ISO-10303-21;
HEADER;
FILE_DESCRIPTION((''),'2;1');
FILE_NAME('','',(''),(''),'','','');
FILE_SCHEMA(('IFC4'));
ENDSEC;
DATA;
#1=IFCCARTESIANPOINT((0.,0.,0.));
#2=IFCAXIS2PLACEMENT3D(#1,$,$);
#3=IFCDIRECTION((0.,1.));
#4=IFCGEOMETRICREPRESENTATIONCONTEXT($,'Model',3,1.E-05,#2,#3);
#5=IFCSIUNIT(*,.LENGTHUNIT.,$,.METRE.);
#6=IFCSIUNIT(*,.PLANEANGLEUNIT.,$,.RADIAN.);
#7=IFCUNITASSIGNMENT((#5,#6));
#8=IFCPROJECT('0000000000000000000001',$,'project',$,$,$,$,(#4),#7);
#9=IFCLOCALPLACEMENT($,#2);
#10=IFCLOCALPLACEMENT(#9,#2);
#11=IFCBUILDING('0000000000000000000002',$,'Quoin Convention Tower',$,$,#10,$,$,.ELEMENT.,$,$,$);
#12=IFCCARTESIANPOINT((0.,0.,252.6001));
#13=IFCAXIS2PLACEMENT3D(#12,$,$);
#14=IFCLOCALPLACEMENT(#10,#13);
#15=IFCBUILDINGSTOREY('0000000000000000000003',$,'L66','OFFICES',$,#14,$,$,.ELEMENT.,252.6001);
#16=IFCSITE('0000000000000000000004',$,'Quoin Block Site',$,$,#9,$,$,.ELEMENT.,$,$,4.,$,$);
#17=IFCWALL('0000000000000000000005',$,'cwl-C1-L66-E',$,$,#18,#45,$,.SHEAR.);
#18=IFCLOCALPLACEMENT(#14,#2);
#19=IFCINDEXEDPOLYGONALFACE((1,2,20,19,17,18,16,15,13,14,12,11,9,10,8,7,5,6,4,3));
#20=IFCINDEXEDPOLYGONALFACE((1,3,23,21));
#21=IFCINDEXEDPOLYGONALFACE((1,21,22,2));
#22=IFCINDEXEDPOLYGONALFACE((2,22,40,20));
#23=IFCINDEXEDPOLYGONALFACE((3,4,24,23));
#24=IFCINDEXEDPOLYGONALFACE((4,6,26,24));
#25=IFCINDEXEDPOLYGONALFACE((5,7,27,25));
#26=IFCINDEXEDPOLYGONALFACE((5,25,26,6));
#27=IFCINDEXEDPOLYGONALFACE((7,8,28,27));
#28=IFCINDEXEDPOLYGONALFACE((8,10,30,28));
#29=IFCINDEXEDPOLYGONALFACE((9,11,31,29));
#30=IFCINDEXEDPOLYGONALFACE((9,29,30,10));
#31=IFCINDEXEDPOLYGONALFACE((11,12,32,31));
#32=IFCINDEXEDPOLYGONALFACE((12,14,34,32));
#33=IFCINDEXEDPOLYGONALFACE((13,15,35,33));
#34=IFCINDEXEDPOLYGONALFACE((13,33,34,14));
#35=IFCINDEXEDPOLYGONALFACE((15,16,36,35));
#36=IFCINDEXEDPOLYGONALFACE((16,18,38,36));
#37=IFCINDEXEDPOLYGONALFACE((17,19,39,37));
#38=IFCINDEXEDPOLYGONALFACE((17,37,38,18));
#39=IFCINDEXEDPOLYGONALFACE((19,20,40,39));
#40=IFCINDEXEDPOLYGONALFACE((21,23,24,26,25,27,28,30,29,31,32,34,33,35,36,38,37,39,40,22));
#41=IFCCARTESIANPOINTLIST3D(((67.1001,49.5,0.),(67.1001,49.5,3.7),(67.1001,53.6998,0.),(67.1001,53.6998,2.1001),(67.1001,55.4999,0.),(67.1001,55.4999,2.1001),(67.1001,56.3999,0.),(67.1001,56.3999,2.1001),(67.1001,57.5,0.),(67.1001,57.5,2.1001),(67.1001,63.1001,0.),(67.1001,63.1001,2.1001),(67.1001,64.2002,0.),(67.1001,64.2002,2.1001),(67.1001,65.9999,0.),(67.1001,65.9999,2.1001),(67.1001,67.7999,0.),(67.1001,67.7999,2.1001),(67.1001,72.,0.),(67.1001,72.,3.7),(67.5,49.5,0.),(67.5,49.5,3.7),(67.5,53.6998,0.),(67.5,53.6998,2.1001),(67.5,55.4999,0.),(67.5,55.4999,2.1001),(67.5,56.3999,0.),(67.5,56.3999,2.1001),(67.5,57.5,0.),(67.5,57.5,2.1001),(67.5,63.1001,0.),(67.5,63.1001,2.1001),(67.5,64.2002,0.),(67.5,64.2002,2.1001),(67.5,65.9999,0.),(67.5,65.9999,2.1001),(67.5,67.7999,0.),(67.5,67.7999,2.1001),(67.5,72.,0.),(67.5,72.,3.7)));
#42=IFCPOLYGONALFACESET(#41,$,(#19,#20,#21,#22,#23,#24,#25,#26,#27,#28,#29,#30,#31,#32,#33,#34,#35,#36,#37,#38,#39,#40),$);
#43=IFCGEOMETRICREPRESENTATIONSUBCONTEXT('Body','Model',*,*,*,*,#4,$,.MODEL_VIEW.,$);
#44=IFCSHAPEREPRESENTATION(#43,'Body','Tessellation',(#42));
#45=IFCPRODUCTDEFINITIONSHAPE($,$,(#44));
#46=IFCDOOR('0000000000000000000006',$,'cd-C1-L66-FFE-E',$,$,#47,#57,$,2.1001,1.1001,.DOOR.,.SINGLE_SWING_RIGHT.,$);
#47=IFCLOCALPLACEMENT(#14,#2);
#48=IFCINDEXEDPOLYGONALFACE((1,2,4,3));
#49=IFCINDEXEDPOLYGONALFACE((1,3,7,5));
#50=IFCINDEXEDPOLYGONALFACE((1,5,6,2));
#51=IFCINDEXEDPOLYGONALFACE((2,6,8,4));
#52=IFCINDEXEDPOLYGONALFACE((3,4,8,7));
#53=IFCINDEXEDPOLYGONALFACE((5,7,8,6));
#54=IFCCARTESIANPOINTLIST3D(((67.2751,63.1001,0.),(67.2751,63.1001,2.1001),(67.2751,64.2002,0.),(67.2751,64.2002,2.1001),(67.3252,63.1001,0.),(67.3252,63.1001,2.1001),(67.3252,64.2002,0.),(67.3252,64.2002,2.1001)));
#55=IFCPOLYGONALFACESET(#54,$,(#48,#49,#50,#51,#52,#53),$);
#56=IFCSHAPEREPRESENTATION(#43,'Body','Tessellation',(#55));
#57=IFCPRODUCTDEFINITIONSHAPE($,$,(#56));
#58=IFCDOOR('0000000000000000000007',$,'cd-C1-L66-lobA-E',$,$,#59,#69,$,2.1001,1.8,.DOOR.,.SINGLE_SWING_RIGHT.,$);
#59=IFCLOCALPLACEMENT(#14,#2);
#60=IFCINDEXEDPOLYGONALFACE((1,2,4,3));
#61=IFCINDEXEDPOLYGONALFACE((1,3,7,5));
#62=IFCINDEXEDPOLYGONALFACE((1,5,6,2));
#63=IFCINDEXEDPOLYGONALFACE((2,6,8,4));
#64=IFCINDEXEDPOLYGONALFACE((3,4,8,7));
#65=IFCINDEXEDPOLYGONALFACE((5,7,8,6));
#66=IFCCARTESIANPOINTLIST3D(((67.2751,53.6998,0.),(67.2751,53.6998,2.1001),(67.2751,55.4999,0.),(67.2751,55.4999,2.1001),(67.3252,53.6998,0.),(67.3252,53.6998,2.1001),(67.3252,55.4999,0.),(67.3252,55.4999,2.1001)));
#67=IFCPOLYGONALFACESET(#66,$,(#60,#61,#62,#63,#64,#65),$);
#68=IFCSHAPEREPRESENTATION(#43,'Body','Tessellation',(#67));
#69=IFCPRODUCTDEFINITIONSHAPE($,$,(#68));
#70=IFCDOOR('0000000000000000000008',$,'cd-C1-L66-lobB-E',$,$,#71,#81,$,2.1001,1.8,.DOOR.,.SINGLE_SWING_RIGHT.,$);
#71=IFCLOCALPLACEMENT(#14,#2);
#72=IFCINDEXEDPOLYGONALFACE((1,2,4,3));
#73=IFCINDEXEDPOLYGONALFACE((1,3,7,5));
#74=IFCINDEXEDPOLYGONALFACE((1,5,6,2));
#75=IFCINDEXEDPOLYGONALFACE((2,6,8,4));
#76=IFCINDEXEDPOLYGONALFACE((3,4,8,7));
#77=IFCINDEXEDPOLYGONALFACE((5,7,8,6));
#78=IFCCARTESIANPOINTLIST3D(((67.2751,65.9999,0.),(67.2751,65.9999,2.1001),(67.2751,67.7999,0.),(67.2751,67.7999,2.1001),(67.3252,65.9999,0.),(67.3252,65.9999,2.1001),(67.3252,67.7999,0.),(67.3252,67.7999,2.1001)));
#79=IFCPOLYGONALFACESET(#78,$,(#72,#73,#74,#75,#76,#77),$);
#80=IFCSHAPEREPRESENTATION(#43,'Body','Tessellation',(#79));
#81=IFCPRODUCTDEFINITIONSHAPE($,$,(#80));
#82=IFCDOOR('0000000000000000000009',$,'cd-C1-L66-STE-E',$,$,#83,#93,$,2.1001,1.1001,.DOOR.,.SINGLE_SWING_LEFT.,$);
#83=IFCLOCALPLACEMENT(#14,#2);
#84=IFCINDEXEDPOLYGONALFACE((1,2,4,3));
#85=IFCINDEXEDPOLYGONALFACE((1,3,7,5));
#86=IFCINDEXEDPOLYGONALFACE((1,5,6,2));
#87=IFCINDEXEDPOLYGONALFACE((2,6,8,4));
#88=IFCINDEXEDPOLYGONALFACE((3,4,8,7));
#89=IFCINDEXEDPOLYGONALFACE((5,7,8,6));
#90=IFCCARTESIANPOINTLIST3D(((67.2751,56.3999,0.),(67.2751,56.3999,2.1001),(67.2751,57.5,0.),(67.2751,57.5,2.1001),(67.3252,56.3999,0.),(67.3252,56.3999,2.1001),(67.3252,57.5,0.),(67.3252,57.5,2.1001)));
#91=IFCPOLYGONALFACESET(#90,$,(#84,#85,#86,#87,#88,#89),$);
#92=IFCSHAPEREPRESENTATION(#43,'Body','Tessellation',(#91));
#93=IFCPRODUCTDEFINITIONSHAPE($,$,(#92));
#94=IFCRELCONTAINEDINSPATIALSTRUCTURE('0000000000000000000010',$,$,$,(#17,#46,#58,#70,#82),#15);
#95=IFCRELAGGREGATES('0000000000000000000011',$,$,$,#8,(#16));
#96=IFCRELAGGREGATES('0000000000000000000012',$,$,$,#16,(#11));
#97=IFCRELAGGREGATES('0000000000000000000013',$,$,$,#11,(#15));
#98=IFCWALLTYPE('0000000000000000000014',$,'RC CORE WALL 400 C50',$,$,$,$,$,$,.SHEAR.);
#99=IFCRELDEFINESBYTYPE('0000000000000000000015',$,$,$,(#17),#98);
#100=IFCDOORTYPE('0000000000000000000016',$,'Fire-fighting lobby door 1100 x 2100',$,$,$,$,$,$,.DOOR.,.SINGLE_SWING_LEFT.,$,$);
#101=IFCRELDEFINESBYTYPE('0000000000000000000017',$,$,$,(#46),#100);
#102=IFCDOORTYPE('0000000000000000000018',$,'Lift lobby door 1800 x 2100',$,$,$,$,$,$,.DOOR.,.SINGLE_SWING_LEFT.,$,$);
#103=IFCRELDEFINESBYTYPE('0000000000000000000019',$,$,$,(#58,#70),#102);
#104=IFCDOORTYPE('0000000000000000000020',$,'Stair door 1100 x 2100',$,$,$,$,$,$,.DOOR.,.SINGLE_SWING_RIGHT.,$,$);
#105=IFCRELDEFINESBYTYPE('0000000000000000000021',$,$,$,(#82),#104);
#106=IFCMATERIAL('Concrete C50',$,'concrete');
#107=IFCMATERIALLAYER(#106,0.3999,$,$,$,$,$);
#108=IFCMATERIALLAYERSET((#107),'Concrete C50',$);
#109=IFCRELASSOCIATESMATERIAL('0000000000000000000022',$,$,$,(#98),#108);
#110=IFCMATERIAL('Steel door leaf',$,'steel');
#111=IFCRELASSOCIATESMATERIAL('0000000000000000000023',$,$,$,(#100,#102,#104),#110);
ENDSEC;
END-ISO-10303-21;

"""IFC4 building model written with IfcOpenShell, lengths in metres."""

from ifc_helpers import new_model, si_unit, direction, frame, frame_2d, origin, place, context, subcontext, project, spatial, rectangle, extrude, material, layer, layer_set, type_object, element, fill, save


model = new_model("IFC4")

# Units and contexts
model_context = context("Model", 3, precision=1e-05, world=origin(), true_north=direction((0.0, 1.0)))
body_context = subcontext(model_context, "Body", "Model", "MODEL_VIEW")
ifc_project = project(units=[si_unit("LENGTHUNIT", "METRE"), si_unit("PLANEANGLEUNIT", "RADIAN")], contexts=[model_context])

# Site, building, storey
site_placement = place(None, origin())
site = spatial("IfcSite", under=ifc_project, at=site_placement, Name="Quoin Block Site", CompositionType="ELEMENT", RefElevation=4.0)
building_placement = place(site_placement, origin())
building = spatial("IfcBuilding", under=site, at=building_placement, Name="Quoin Convention Tower", CompositionType="ELEMENT")
storey_placement = place(building_placement, frame((0.0, 0.0, 252.6001)))
storey = spatial("IfcBuildingStorey", under=building, at=storey_placement, Name="L66", Description="OFFICES", CompositionType="ELEMENT", Elevation=252.6001)

# Shared definitions
ifc_material_1 = material(Name="Concrete C50", Category="concrete")

# Wall, openings, doors
ifc_layer_1 = layer(ifc_material_1, 0.3999)
ifc_layer_set_1 = layer_set([ifc_layer_1], Name="Concrete C50")
wall_type_1 = type_object("IfcWallType", Name="RC CORE WALL 400 C50", PredefinedType="SHEAR", material=ifc_layer_set_1)
wall_1_placement = place(storey_placement, frame((67.3, 49.5, 0.0), z_axis=(0.0, 0.0, 1.0), x_axis=(0.0, 1.0, 0.0)))
wall_1 = element("IfcWall", 1, at=wall_1_placement, inside=storey, type_object=wall_type_1, Name="cwl-C1-L66-E", PredefinedType="SHEAR", context=body_context, shape_type="SweptSolid", body=[
    extrude(rectangle(XDim=22.5, YDim=0.3999, at=frame_2d((11.25, 0.0))), origin(), (0.0, 0.0, 1.0), 3.7),
])
opening_1_placement = place(wall_1_placement, frame((4.2, 0.0, 0.0)))
opening_1 = element("IfcOpeningElement", 2, at=opening_1_placement, cuts=wall_1, PredefinedType="OPENING", context=body_context, shape_type="SweptSolid", body=[
    extrude(rectangle(XDim=1.8, YDim=2.1001, at=frame_2d((0.8999, 1.05))), frame((0.0, 0.21, 0.0), z_axis=(0.0, -1.0, 0.0), x_axis=(1.0, 0.0, 0.0)), (0.0, 0.0, 1.0), 0.4199),
])
opening_2_placement = place(wall_1_placement, frame((6.8999, 0.0, 0.0)))
opening_2 = element("IfcOpeningElement", 3, at=opening_2_placement, cuts=wall_1, PredefinedType="OPENING", context=body_context, shape_type="SweptSolid", body=[
    extrude(rectangle(XDim=1.1001, YDim=2.1001, at=frame_2d((0.55, 1.05))), frame((0.0, 0.21, 0.0), z_axis=(0.0, -1.0, 0.0), x_axis=(1.0, 0.0, 0.0)), (0.0, 0.0, 1.0), 0.4199),
])
opening_3_placement = place(wall_1_placement, frame((13.6001, 0.0, 0.0)))
opening_3 = element("IfcOpeningElement", 4, at=opening_3_placement, cuts=wall_1, PredefinedType="OPENING", context=body_context, shape_type="SweptSolid", body=[
    extrude(rectangle(XDim=1.1001, YDim=2.1001, at=frame_2d((0.55, 1.05))), frame((0.0, 0.21, 0.0), z_axis=(0.0, -1.0, 0.0), x_axis=(1.0, 0.0, 0.0)), (0.0, 0.0, 1.0), 0.4199),
])
opening_4_placement = place(wall_1_placement, frame((16.5, 0.0, 0.0)))
opening_4 = element("IfcOpeningElement", 5, at=opening_4_placement, cuts=wall_1, PredefinedType="OPENING", context=body_context, shape_type="SweptSolid", body=[
    extrude(rectangle(XDim=1.8, YDim=2.1001, at=frame_2d((0.8999, 1.05))), frame((0.0, 0.21, 0.0), z_axis=(0.0, -1.0, 0.0), x_axis=(1.0, 0.0, 0.0)), (0.0, 0.0, 1.0), 0.4199),
])
ifc_material_2 = material(Name="Steel door leaf", Category="steel")
door_type_1 = type_object("IfcDoorType", Name="Fire-fighting lobby door 1100 x 2100", OperationType="SINGLE_SWING_LEFT", PredefinedType="DOOR", material=ifc_material_2)
door_1_placement = place(opening_3_placement, origin())
door_1 = element("IfcDoor", 6, at=door_1_placement, inside=storey, type_object=door_type_1, Name="cd-C1-L66-FFE-E", OperationType="SINGLE_SWING_RIGHT", OverallHeight=2.1001, OverallWidth=1.1001, PredefinedType="DOOR", context=body_context, shape_type="SweptSolid", body=[
    extrude(rectangle(XDim=1.1001, YDim=2.1001, at=frame_2d((0.55, 1.05))), frame((0.0, 0.0249, 0.0), z_axis=(0.0, -1.0, 0.0), x_axis=(1.0, 0.0, 0.0)), (0.0, 0.0, 1.0), 0.05),
])
fill(opening_3, door_1)
door_type_2 = type_object("IfcDoorType", Name="Lift lobby door 1800 x 2100", OperationType="SINGLE_SWING_LEFT", PredefinedType="DOOR", material=ifc_material_2)
door_2_placement = place(opening_1_placement, origin())
door_2 = element("IfcDoor", 7, at=door_2_placement, inside=storey, type_object=door_type_2, Name="cd-C1-L66-lobA-E", OperationType="SINGLE_SWING_RIGHT", OverallHeight=2.1001, OverallWidth=1.8, PredefinedType="DOOR", context=body_context, shape_type="SweptSolid", body=[
    extrude(rectangle(XDim=1.8, YDim=2.1001, at=frame_2d((0.8999, 1.05))), frame((0.0, 0.0249, 0.0), z_axis=(0.0, -1.0, 0.0), x_axis=(1.0, 0.0, 0.0)), (0.0, 0.0, 1.0), 0.05),
])
fill(opening_1, door_2)
door_3_placement = place(opening_4_placement, origin())
door_3 = element("IfcDoor", 8, at=door_3_placement, inside=storey, type_object=door_type_2, Name="cd-C1-L66-lobB-E", OperationType="SINGLE_SWING_RIGHT", OverallHeight=2.1001, OverallWidth=1.8, PredefinedType="DOOR", context=body_context, shape_type="SweptSolid", body=[
    extrude(rectangle(XDim=1.8, YDim=2.1001, at=frame_2d((0.8999, 1.05))), frame((0.0, 0.0249, 0.0), z_axis=(0.0, -1.0, 0.0), x_axis=(1.0, 0.0, 0.0)), (0.0, 0.0, 1.0), 0.05),
])
fill(opening_4, door_3)
door_type_3 = type_object("IfcDoorType", Name="Stair door 1100 x 2100", OperationType="SINGLE_SWING_RIGHT", PredefinedType="DOOR", material=ifc_material_2)
door_4_placement = place(opening_2_placement, origin())
door_4 = element("IfcDoor", 9, at=door_4_placement, inside=storey, type_object=door_type_3, Name="cd-C1-L66-STE-E", OperationType="SINGLE_SWING_LEFT", OverallHeight=2.1001, OverallWidth=1.1001, PredefinedType="DOOR", context=body_context, shape_type="SweptSolid", body=[
    extrude(rectangle(XDim=1.1001, YDim=2.1001, at=frame_2d((0.55, 1.05))), frame((0.0, 0.0249, 0.0), z_axis=(0.0, -1.0, 0.0), x_axis=(1.0, 0.0, 0.0)), (0.0, 0.0, 1.0), 0.05),
])
fill(opening_2, door_4)

save(model, "model.ifc")
